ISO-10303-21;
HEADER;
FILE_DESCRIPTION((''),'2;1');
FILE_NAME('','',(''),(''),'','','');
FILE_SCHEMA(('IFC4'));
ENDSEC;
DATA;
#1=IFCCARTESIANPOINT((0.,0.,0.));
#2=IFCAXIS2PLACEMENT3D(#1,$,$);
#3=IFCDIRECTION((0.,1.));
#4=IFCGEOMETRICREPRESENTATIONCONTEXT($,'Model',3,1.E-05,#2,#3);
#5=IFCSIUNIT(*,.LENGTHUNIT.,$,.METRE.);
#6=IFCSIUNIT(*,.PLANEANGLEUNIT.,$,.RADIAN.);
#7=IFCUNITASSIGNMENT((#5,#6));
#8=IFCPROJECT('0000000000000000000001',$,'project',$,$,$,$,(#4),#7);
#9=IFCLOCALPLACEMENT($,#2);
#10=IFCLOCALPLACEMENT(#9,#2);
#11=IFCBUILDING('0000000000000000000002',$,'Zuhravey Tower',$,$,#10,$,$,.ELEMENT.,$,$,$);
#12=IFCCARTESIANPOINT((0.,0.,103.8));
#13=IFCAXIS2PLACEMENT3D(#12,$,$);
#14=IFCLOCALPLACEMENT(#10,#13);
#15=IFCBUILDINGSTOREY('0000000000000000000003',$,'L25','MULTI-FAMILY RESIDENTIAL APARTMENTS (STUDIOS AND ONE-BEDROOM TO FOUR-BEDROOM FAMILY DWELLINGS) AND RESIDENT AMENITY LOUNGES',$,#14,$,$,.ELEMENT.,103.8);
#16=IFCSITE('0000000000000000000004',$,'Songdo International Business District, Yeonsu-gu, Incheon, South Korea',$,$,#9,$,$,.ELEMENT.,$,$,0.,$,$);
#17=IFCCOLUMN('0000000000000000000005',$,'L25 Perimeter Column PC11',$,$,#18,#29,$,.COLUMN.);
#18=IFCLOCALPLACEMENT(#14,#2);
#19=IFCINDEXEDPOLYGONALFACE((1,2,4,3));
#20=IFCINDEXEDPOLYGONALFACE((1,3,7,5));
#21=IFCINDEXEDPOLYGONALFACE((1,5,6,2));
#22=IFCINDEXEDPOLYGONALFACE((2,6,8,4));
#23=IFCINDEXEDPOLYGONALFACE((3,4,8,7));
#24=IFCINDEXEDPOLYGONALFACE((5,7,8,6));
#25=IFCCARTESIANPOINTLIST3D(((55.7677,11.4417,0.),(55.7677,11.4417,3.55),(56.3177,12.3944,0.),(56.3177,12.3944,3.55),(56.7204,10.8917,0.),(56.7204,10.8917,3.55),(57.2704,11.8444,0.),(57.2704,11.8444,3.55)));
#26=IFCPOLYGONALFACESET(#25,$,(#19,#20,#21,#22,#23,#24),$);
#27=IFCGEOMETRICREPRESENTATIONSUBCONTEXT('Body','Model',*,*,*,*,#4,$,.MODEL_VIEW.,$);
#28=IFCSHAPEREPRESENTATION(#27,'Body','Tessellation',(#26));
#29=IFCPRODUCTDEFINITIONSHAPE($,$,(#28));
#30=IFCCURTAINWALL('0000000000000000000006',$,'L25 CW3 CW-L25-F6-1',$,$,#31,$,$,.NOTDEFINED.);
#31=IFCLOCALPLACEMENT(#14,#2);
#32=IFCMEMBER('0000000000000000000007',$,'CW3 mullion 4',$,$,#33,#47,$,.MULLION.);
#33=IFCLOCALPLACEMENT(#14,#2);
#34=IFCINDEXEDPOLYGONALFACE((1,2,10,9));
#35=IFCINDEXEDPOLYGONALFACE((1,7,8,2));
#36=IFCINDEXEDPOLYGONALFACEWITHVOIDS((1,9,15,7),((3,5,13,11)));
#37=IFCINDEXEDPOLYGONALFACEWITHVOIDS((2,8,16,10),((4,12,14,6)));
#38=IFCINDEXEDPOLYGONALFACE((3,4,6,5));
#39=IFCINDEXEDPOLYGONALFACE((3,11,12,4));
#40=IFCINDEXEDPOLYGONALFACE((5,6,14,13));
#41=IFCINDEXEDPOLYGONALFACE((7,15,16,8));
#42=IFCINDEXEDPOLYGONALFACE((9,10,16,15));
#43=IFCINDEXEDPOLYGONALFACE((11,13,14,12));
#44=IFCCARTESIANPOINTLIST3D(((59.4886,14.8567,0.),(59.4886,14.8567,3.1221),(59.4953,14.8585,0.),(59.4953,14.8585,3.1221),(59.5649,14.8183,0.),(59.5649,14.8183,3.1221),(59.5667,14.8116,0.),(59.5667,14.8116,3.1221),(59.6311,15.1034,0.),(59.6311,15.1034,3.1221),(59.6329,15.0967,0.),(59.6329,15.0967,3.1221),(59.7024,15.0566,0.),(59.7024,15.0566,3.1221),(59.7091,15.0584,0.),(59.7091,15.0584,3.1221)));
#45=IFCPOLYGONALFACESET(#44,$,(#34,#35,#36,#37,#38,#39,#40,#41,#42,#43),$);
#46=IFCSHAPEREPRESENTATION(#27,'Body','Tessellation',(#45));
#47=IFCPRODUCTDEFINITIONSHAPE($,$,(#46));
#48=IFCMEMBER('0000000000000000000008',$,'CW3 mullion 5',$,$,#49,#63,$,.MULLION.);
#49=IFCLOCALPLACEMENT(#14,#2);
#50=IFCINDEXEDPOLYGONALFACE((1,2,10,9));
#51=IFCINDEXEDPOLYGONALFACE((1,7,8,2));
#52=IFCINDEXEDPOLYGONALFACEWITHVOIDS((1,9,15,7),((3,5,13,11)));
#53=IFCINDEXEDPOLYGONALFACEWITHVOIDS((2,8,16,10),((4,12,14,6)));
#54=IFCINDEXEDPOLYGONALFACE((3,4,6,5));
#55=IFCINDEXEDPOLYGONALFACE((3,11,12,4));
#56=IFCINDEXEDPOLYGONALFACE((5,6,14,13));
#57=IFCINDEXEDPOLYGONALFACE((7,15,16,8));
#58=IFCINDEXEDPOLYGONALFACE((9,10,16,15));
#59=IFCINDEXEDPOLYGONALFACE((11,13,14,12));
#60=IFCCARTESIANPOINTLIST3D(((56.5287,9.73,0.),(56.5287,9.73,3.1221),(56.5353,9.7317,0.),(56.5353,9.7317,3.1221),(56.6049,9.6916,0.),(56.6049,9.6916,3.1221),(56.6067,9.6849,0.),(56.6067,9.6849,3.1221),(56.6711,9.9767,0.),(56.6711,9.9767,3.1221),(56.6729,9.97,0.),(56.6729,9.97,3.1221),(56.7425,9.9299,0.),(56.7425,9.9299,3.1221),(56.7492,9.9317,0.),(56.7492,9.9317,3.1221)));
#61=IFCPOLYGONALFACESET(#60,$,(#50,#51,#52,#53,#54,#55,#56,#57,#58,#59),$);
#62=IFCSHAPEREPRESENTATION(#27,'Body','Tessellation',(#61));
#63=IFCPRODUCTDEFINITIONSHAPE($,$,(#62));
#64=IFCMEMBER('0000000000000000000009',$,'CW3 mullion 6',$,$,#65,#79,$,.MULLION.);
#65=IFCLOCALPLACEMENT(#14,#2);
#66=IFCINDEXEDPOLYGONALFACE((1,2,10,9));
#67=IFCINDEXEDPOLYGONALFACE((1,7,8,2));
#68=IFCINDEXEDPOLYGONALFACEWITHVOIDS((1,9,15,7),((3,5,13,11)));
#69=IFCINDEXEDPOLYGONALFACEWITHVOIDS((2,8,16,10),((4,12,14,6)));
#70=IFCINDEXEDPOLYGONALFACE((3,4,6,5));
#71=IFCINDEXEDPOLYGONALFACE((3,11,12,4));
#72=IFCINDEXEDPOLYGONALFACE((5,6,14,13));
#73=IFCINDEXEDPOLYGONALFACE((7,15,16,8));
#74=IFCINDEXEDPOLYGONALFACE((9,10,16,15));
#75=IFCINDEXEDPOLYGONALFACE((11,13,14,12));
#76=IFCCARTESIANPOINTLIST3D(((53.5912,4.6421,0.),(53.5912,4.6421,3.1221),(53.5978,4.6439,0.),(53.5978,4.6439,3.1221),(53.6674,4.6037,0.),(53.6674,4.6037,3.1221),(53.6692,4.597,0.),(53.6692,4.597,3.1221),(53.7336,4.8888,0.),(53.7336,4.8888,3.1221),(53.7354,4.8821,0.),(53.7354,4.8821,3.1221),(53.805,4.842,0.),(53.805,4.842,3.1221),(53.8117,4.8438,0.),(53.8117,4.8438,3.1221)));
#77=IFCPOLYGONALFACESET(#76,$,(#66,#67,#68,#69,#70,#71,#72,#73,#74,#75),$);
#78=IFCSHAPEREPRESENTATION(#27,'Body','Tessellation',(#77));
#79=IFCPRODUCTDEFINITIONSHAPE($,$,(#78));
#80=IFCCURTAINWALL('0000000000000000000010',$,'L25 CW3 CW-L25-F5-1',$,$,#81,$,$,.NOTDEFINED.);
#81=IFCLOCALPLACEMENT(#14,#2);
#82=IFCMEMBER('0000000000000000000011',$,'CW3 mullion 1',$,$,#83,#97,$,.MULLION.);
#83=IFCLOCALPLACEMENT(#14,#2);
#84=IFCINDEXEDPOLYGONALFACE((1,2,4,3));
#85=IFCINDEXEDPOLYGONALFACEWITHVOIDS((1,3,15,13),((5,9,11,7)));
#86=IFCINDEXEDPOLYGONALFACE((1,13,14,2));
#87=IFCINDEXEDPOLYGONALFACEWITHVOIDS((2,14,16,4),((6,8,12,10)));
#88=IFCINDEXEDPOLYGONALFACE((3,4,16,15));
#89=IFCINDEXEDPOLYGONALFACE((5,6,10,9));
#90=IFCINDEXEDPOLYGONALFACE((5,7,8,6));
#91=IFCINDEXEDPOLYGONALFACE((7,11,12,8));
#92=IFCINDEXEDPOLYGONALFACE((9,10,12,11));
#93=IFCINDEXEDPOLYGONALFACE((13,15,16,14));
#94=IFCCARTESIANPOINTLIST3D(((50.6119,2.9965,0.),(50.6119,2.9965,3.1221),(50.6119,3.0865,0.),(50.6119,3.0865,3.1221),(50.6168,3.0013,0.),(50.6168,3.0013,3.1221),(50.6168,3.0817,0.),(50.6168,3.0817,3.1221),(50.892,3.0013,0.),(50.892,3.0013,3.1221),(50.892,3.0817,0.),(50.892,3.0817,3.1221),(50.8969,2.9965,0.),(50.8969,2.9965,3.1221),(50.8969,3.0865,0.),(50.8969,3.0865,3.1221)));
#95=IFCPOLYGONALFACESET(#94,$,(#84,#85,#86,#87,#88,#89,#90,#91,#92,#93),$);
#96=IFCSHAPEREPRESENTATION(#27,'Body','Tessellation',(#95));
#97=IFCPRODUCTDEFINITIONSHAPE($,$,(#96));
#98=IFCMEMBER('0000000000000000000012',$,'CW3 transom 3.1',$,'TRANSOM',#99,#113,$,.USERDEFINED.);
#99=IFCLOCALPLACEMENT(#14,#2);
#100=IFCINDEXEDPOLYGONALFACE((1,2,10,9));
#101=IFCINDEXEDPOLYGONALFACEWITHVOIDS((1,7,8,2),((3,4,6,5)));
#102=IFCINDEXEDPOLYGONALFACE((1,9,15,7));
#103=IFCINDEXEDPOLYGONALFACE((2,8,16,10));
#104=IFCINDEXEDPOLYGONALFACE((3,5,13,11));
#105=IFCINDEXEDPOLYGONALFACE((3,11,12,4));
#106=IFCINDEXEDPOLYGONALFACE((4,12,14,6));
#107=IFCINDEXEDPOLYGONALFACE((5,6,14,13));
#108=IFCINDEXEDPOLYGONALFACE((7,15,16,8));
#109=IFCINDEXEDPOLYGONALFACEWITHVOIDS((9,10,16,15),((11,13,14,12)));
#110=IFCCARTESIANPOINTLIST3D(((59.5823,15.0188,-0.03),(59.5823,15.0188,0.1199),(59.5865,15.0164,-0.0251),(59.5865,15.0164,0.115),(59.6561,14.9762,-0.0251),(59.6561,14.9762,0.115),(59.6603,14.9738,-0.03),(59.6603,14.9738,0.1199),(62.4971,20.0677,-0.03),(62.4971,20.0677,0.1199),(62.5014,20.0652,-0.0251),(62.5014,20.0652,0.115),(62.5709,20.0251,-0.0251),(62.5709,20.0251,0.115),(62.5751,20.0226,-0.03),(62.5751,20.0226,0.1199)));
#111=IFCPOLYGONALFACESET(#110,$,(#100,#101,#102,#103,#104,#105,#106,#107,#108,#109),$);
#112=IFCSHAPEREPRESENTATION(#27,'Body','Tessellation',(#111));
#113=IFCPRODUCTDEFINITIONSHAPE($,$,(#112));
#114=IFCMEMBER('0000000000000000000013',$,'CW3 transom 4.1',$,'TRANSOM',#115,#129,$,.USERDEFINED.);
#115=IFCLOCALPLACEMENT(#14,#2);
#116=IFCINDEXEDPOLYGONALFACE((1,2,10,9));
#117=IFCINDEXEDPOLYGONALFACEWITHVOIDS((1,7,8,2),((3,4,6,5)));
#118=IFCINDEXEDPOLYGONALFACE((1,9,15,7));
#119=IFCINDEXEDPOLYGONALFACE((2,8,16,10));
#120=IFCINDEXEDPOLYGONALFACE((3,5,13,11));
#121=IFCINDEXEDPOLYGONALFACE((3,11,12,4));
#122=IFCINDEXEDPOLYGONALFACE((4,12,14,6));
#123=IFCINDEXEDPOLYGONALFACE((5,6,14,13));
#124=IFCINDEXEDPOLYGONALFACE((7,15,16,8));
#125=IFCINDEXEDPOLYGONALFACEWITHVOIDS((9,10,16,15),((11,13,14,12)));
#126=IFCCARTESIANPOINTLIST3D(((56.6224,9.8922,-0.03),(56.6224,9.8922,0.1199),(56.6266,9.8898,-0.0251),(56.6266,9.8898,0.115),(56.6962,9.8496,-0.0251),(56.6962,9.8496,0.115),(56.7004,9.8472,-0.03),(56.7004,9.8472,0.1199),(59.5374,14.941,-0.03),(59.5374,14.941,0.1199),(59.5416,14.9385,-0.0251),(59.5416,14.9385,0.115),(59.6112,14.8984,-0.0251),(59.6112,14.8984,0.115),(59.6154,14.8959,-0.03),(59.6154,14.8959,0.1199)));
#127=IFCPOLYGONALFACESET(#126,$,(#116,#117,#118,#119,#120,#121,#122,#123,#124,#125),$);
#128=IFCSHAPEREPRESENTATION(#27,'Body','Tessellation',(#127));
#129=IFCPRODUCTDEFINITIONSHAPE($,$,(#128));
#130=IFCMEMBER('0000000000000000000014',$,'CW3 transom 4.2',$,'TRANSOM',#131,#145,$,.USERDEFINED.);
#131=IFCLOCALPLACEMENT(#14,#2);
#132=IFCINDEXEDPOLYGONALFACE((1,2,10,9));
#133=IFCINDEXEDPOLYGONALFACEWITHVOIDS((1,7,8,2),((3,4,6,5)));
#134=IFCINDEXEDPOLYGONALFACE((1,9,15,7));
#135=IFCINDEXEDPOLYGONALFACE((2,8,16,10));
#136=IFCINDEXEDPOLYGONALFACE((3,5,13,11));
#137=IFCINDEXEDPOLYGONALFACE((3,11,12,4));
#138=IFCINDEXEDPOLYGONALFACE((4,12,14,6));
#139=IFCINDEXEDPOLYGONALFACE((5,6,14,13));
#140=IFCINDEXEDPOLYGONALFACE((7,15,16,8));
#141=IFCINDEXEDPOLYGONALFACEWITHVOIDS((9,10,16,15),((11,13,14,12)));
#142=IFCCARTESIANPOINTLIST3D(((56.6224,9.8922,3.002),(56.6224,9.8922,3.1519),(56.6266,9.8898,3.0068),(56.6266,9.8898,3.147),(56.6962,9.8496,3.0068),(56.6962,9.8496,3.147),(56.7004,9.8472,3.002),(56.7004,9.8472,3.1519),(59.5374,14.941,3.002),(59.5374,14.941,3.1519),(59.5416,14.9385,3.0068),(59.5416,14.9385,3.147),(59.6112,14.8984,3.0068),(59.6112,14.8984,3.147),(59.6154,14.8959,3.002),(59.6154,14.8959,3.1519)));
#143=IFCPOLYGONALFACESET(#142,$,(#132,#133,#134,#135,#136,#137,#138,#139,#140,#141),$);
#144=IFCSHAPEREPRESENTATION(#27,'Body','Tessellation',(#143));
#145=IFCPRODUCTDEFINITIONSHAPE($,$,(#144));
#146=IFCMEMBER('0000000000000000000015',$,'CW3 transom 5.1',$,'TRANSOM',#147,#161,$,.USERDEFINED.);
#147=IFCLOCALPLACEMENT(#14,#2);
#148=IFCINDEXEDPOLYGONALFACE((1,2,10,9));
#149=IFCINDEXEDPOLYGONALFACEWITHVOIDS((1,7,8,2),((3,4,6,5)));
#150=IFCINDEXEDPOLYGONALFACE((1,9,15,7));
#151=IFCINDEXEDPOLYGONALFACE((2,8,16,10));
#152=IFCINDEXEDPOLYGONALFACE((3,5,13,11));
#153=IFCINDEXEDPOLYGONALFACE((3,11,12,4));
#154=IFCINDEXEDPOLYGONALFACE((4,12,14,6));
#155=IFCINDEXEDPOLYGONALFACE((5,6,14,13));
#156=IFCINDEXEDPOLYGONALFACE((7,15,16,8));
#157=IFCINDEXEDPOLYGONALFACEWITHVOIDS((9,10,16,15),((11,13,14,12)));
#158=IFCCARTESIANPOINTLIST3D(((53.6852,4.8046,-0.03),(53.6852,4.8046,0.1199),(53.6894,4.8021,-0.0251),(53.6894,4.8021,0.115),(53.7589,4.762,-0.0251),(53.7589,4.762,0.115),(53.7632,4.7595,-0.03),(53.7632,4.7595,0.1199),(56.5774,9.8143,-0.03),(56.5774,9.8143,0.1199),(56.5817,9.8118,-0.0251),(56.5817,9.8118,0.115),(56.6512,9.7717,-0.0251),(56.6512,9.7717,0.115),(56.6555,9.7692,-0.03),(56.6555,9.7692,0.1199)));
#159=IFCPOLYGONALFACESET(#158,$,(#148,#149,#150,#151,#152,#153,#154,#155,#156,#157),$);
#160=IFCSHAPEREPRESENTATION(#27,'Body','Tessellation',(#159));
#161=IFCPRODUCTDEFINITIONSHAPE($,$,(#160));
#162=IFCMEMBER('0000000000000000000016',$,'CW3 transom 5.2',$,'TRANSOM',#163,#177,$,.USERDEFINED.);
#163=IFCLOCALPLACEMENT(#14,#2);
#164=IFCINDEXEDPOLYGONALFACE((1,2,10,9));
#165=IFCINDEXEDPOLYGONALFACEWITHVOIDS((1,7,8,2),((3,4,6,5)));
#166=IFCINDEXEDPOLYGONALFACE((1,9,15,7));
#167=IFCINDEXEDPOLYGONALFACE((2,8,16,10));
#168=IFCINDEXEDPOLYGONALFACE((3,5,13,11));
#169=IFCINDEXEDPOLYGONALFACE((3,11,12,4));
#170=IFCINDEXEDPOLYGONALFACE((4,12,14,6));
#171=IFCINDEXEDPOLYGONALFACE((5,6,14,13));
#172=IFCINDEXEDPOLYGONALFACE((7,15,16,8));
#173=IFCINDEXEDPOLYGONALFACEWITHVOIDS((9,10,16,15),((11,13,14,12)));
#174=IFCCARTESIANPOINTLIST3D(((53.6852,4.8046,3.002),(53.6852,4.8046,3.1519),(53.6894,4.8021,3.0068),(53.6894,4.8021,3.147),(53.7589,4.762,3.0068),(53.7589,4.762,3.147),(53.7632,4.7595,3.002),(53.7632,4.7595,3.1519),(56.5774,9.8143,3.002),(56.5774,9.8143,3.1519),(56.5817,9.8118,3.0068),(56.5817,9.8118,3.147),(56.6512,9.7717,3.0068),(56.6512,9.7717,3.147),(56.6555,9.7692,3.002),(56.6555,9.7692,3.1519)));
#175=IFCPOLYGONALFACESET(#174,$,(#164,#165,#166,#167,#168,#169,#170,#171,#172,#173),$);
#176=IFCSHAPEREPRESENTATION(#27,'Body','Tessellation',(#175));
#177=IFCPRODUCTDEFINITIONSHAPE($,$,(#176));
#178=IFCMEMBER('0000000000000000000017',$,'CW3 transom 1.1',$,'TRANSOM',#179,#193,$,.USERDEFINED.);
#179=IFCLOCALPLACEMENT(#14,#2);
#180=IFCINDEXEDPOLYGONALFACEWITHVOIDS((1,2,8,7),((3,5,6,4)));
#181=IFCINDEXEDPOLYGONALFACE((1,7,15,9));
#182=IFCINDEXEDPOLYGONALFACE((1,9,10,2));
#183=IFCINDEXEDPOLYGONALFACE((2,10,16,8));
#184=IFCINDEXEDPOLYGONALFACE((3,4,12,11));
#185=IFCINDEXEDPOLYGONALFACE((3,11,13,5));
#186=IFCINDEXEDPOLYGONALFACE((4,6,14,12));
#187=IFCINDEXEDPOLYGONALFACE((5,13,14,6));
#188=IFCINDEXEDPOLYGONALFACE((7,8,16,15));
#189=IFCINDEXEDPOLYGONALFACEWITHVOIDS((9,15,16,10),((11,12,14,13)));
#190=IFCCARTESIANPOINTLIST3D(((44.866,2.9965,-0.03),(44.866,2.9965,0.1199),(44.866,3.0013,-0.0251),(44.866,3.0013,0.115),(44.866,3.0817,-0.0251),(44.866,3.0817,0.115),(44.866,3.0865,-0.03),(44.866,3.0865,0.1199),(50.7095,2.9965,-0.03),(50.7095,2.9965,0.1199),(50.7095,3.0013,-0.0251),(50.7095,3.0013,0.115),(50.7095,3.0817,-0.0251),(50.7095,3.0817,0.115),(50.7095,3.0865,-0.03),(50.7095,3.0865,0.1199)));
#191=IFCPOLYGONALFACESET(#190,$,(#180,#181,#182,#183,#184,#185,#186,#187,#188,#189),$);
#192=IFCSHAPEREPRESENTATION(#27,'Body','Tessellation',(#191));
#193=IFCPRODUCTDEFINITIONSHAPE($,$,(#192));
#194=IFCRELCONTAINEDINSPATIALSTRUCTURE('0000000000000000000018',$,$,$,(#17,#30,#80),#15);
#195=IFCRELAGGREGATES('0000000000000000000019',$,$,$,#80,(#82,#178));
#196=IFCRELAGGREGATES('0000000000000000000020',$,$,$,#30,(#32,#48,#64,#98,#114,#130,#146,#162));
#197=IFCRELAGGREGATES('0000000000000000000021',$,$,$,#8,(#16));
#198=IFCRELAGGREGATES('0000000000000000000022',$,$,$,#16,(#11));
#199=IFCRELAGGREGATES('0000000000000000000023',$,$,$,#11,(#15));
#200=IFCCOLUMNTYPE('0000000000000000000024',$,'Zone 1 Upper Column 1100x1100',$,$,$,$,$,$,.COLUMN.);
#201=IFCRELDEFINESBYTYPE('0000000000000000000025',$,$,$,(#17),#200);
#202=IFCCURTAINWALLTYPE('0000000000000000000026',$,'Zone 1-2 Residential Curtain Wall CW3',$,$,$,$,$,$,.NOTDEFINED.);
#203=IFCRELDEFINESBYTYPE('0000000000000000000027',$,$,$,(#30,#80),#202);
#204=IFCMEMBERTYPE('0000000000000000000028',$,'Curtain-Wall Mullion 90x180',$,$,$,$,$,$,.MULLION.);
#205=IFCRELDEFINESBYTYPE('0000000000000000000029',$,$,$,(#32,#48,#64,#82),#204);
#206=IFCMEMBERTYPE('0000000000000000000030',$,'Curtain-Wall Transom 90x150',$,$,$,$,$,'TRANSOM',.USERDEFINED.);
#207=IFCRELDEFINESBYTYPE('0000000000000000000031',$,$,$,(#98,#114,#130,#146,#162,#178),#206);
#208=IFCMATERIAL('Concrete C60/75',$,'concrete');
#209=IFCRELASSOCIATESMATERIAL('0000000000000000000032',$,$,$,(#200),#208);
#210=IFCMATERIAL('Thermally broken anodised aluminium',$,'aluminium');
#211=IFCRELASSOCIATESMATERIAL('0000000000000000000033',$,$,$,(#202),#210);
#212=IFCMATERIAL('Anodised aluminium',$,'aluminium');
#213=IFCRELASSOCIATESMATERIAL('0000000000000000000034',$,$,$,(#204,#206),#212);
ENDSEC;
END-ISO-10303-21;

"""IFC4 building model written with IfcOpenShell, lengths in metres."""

from ifc_helpers import new_model, si_unit, direction, frame, origin, origin_2d, place, context, subcontext, project, spatial, rectangle, hollow_rectangle, extrude, material, material_profile, profile_set, type_object, element, aggregate, save


model = new_model("IFC4")

# Units and contexts
model_context = context("Model", 3, precision=1e-05, world=origin(), true_north=direction((0.0, 1.0)))
body_context = subcontext(model_context, "Body", "Model", "MODEL_VIEW")
ifc_project = project(units=[si_unit("LENGTHUNIT", "METRE"), si_unit("PLANEANGLEUNIT", "RADIAN")], contexts=[model_context])

# Site, building, storey
site_placement = place(None, origin())
site = spatial("IfcSite", under=ifc_project, at=site_placement, Name="Songdo International Business District, Yeonsu-gu, Incheon, South Korea", CompositionType="ELEMENT", RefElevation=0.0)
building_placement = place(site_placement, origin())
building = spatial("IfcBuilding", under=site, at=building_placement, Name="Zuhravey Tower", CompositionType="ELEMENT")
storey_placement = place(building_placement, frame((0.0, 0.0, 103.8)))
storey = spatial("IfcBuildingStorey", under=building, at=storey_placement, Name="L25", Description="MULTI-FAMILY RESIDENTIAL APARTMENTS (STUDIOS AND ONE-BEDROOM TO FOUR-BEDROOM FAMILY DWELLINGS) AND RESIDENT AMENITY LOUNGES", CompositionType="ELEMENT", Elevation=103.8)

# Column
ifc_material_1 = material(Name="Concrete C60/75", Category="concrete")
ifc_material_profile_1 = material_profile(ifc_material_1, rectangle(XDim=1.1001, YDim=1.1001, at=origin_2d()), Name="RC-1100x1100")
ifc_profile_set_1 = profile_set([ifc_material_profile_1], Name="Concrete C60/75")
column_type = type_object("IfcColumnType", Name="Zone 1 Upper Column 1100x1100", PredefinedType="COLUMN", material=ifc_profile_set_1)
column_placement = place(storey_placement, frame((56.519, 11.6431, 0.0), z_axis=(0.0, 0.0, 1.0), x_axis=(0.5, 0.866025, 0.0)))
element("IfcColumn", 1, at=column_placement, inside=storey, type_object=column_type, Name="L25 Perimeter Column PC11", PredefinedType="COLUMN", context=body_context, shape_type="SweptSolid", body=[
    extrude(rectangle(XDim=1.1001, YDim=1.1001, at=origin_2d()), origin(), (0.0, 0.0, 1.0), 3.55),
])

# Curtain wall, members
ifc_material_2 = material(Name="Thermally broken anodised aluminium", Category="aluminium")
curtain_wall_type = type_object("IfcCurtainWallType", Name="Zone 1-2 Residential Curtain Wall CW3", PredefinedType="NOTDEFINED", material=ifc_material_2)
curtain_wall_1_placement = place(storey_placement, origin())
curtain_wall_1 = element("IfcCurtainWall", 2, at=curtain_wall_1_placement, inside=storey, type_object=curtain_wall_type, Name="L25 CW3 CW-L25-F6-1", PredefinedType="NOTDEFINED")
ifc_material_3 = material(Name="Anodised aluminium", Category="aluminium")
ifc_material_profile_2 = material_profile(ifc_material_3, hollow_rectangle(XDim=0.0901, YDim=0.2849, WallThickness=0.0049, at=origin_2d()), Name="ALU-RHS-90x285x5")
ifc_profile_set_2 = profile_set([ifc_material_profile_2], Name="Anodised aluminium")
member_type_1 = type_object("IfcMemberType", Name="Curtain-Wall Mullion 90x180", PredefinedType="MULLION", material=ifc_profile_set_2)
member_1_placement = place(storey_placement, frame((59.5989, 14.9575, 0.0), z_axis=(0.0, 0.0, 1.0), x_axis=(0.866026, -0.5, 0.0)))
member_1 = element("IfcMember", 3, at=member_1_placement, type_object=member_type_1, Name="CW3 mullion 4", PredefinedType="MULLION", context=body_context, shape_type="SweptSolid", body=[
    extrude(hollow_rectangle(XDim=0.0901, YDim=0.2849, WallThickness=0.0049, at=origin_2d()), origin(), (0.0, 0.0, 1.0), 3.1221),
])
member_2_placement = place(storey_placement, frame((56.6389, 9.8308, 0.0), z_axis=(0.0, 0.0, 1.0), x_axis=(0.866026, -0.5, 0.0)))
member_2 = element("IfcMember", 4, at=member_2_placement, type_object=member_type_1, Name="CW3 mullion 5", PredefinedType="MULLION", context=body_context, shape_type="SweptSolid", body=[
    extrude(hollow_rectangle(XDim=0.0901, YDim=0.2849, WallThickness=0.0049, at=origin_2d()), origin(), (0.0, 0.0, 1.0), 3.1221),
])
member_3_placement = place(storey_placement, frame((53.7014, 4.7429, 0.0), z_axis=(0.0, 0.0, 1.0), x_axis=(0.866026, -0.5, 0.0)))
member_3 = element("IfcMember", 5, at=member_3_placement, type_object=member_type_1, Name="CW3 mullion 6", PredefinedType="MULLION", context=body_context, shape_type="SweptSolid", body=[
    extrude(hollow_rectangle(XDim=0.0901, YDim=0.2849, WallThickness=0.0049, at=origin_2d()), origin(), (0.0, 0.0, 1.0), 3.1221),
])

# Curtain wall, member
curtain_wall_2_placement = place(storey_placement, origin())
curtain_wall_2 = element("IfcCurtainWall", 6, at=curtain_wall_2_placement, inside=storey, type_object=curtain_wall_type, Name="L25 CW3 CW-L25-F5-1", PredefinedType="NOTDEFINED")
member_4_placement = place(storey_placement, frame((50.7544, 3.0415, 0.0), z_axis=(0.0, 0.0, 1.0), x_axis=(0.0, -1.0, 0.0)))
member_4 = element("IfcMember", 7, at=member_4_placement, type_object=member_type_1, Name="CW3 mullion 1", PredefinedType="MULLION", context=body_context, shape_type="SweptSolid", body=[
    extrude(hollow_rectangle(XDim=0.0901, YDim=0.2849, WallThickness=0.0049, at=origin_2d()), origin(), (0.0, 0.0, 1.0), 3.1221),
])

# Members
ifc_material_profile_3 = material_profile(ifc_material_3, hollow_rectangle(XDim=0.0901, YDim=0.1499, WallThickness=0.0049, at=origin_2d()), Name="ALU-RHS-90x150x5")
ifc_profile_set_3 = profile_set([ifc_material_profile_3], Name="Anodised aluminium")
member_type_2 = type_object("IfcMemberType", Name="Curtain-Wall Transom 90x150", ElementType="TRANSOM", PredefinedType="USERDEFINED", material=ifc_profile_set_3)
member_5_placement = place(storey_placement, frame((62.5361, 20.0452, 0.0449), z_axis=(-0.499981, -0.866036, 0.0), x_axis=(0.866036, -0.499981, 0.0)))
member_5 = element("IfcMember", 8, at=member_5_placement, type_object=member_type_2, Name="CW3 transom 3.1", ObjectType="TRANSOM", PredefinedType="USERDEFINED", context=body_context, shape_type="SweptSolid", body=[
    extrude(hollow_rectangle(XDim=0.0901, YDim=0.1499, WallThickness=0.0049, at=origin_2d()), origin(), (0.0, 0.0, 1.0), 5.8298),
])
member_6_placement = place(storey_placement, frame((59.5764, 14.9185, 0.0449), z_axis=(-0.500012, -0.866018, 0.0), x_axis=(0.866018, -0.500012, 0.0)))
member_6 = element("IfcMember", 9, at=member_6_placement, type_object=member_type_2, Name="CW3 transom 4.1", ObjectType="TRANSOM", PredefinedType="USERDEFINED", context=body_context, shape_type="SweptSolid", body=[
    extrude(hollow_rectangle(XDim=0.0901, YDim=0.1499, WallThickness=0.0049, at=origin_2d()), origin(), (0.0, 0.0, 1.0), 5.8298),
])
member_7_placement = place(storey_placement, frame((59.5764, 14.9185, 3.0769), z_axis=(-0.500012, -0.866018, 0.0), x_axis=(0.866018, -0.500012, 0.0)))
member_7 = element("IfcMember", 10, at=member_7_placement, type_object=member_type_2, Name="CW3 transom 4.2", ObjectType="TRANSOM", PredefinedType="USERDEFINED", context=body_context, shape_type="SweptSolid", body=[
    extrude(hollow_rectangle(XDim=0.0901, YDim=0.1499, WallThickness=0.0049, at=origin_2d()), origin(), (0.0, 0.0, 1.0), 5.8298),
])
member_8_placement = place(storey_placement, frame((56.6165, 9.7917, 0.0449), z_axis=(-0.499993, -0.86603, 0.0), x_axis=(0.86603, -0.499993, 0.0)))
member_8 = element("IfcMember", 11, at=member_8_placement, type_object=member_type_2, Name="CW3 transom 5.1", ObjectType="TRANSOM", PredefinedType="USERDEFINED", context=body_context, shape_type="SweptSolid", body=[
    extrude(hollow_rectangle(XDim=0.0901, YDim=0.1499, WallThickness=0.0049, at=origin_2d()), origin(), (0.0, 0.0, 1.0), 5.7847),
])
member_9_placement = place(storey_placement, frame((56.6165, 9.7917, 3.0769), z_axis=(-0.499993, -0.86603, 0.0), x_axis=(0.86603, -0.499993, 0.0)))
member_9 = element("IfcMember", 12, at=member_9_placement, type_object=member_type_2, Name="CW3 transom 5.2", ObjectType="TRANSOM", PredefinedType="USERDEFINED", context=body_context, shape_type="SweptSolid", body=[
    extrude(hollow_rectangle(XDim=0.0901, YDim=0.1499, WallThickness=0.0049, at=origin_2d()), origin(), (0.0, 0.0, 1.0), 5.7847),
])
member_10_placement = place(storey_placement, frame((50.7095, 3.0415, 0.0449), z_axis=(-1.0, 0.0, 0.0), x_axis=(0.0, -1.0, 0.0)))
member_10 = element("IfcMember", 13, at=member_10_placement, type_object=member_type_2, Name="CW3 transom 1.1", ObjectType="TRANSOM", PredefinedType="USERDEFINED", context=body_context, shape_type="SweptSolid", body=[
    extrude(hollow_rectangle(XDim=0.0901, YDim=0.1499, WallThickness=0.0049, at=origin_2d()), origin(), (0.0, 0.0, 1.0), 5.8435),
])
aggregate(curtain_wall_2, [member_4, member_10])

aggregate(curtain_wall_1, [member_1, member_2, member_3, member_5, member_6, member_7, member_8, member_9])

save(model, "model.ifc")
